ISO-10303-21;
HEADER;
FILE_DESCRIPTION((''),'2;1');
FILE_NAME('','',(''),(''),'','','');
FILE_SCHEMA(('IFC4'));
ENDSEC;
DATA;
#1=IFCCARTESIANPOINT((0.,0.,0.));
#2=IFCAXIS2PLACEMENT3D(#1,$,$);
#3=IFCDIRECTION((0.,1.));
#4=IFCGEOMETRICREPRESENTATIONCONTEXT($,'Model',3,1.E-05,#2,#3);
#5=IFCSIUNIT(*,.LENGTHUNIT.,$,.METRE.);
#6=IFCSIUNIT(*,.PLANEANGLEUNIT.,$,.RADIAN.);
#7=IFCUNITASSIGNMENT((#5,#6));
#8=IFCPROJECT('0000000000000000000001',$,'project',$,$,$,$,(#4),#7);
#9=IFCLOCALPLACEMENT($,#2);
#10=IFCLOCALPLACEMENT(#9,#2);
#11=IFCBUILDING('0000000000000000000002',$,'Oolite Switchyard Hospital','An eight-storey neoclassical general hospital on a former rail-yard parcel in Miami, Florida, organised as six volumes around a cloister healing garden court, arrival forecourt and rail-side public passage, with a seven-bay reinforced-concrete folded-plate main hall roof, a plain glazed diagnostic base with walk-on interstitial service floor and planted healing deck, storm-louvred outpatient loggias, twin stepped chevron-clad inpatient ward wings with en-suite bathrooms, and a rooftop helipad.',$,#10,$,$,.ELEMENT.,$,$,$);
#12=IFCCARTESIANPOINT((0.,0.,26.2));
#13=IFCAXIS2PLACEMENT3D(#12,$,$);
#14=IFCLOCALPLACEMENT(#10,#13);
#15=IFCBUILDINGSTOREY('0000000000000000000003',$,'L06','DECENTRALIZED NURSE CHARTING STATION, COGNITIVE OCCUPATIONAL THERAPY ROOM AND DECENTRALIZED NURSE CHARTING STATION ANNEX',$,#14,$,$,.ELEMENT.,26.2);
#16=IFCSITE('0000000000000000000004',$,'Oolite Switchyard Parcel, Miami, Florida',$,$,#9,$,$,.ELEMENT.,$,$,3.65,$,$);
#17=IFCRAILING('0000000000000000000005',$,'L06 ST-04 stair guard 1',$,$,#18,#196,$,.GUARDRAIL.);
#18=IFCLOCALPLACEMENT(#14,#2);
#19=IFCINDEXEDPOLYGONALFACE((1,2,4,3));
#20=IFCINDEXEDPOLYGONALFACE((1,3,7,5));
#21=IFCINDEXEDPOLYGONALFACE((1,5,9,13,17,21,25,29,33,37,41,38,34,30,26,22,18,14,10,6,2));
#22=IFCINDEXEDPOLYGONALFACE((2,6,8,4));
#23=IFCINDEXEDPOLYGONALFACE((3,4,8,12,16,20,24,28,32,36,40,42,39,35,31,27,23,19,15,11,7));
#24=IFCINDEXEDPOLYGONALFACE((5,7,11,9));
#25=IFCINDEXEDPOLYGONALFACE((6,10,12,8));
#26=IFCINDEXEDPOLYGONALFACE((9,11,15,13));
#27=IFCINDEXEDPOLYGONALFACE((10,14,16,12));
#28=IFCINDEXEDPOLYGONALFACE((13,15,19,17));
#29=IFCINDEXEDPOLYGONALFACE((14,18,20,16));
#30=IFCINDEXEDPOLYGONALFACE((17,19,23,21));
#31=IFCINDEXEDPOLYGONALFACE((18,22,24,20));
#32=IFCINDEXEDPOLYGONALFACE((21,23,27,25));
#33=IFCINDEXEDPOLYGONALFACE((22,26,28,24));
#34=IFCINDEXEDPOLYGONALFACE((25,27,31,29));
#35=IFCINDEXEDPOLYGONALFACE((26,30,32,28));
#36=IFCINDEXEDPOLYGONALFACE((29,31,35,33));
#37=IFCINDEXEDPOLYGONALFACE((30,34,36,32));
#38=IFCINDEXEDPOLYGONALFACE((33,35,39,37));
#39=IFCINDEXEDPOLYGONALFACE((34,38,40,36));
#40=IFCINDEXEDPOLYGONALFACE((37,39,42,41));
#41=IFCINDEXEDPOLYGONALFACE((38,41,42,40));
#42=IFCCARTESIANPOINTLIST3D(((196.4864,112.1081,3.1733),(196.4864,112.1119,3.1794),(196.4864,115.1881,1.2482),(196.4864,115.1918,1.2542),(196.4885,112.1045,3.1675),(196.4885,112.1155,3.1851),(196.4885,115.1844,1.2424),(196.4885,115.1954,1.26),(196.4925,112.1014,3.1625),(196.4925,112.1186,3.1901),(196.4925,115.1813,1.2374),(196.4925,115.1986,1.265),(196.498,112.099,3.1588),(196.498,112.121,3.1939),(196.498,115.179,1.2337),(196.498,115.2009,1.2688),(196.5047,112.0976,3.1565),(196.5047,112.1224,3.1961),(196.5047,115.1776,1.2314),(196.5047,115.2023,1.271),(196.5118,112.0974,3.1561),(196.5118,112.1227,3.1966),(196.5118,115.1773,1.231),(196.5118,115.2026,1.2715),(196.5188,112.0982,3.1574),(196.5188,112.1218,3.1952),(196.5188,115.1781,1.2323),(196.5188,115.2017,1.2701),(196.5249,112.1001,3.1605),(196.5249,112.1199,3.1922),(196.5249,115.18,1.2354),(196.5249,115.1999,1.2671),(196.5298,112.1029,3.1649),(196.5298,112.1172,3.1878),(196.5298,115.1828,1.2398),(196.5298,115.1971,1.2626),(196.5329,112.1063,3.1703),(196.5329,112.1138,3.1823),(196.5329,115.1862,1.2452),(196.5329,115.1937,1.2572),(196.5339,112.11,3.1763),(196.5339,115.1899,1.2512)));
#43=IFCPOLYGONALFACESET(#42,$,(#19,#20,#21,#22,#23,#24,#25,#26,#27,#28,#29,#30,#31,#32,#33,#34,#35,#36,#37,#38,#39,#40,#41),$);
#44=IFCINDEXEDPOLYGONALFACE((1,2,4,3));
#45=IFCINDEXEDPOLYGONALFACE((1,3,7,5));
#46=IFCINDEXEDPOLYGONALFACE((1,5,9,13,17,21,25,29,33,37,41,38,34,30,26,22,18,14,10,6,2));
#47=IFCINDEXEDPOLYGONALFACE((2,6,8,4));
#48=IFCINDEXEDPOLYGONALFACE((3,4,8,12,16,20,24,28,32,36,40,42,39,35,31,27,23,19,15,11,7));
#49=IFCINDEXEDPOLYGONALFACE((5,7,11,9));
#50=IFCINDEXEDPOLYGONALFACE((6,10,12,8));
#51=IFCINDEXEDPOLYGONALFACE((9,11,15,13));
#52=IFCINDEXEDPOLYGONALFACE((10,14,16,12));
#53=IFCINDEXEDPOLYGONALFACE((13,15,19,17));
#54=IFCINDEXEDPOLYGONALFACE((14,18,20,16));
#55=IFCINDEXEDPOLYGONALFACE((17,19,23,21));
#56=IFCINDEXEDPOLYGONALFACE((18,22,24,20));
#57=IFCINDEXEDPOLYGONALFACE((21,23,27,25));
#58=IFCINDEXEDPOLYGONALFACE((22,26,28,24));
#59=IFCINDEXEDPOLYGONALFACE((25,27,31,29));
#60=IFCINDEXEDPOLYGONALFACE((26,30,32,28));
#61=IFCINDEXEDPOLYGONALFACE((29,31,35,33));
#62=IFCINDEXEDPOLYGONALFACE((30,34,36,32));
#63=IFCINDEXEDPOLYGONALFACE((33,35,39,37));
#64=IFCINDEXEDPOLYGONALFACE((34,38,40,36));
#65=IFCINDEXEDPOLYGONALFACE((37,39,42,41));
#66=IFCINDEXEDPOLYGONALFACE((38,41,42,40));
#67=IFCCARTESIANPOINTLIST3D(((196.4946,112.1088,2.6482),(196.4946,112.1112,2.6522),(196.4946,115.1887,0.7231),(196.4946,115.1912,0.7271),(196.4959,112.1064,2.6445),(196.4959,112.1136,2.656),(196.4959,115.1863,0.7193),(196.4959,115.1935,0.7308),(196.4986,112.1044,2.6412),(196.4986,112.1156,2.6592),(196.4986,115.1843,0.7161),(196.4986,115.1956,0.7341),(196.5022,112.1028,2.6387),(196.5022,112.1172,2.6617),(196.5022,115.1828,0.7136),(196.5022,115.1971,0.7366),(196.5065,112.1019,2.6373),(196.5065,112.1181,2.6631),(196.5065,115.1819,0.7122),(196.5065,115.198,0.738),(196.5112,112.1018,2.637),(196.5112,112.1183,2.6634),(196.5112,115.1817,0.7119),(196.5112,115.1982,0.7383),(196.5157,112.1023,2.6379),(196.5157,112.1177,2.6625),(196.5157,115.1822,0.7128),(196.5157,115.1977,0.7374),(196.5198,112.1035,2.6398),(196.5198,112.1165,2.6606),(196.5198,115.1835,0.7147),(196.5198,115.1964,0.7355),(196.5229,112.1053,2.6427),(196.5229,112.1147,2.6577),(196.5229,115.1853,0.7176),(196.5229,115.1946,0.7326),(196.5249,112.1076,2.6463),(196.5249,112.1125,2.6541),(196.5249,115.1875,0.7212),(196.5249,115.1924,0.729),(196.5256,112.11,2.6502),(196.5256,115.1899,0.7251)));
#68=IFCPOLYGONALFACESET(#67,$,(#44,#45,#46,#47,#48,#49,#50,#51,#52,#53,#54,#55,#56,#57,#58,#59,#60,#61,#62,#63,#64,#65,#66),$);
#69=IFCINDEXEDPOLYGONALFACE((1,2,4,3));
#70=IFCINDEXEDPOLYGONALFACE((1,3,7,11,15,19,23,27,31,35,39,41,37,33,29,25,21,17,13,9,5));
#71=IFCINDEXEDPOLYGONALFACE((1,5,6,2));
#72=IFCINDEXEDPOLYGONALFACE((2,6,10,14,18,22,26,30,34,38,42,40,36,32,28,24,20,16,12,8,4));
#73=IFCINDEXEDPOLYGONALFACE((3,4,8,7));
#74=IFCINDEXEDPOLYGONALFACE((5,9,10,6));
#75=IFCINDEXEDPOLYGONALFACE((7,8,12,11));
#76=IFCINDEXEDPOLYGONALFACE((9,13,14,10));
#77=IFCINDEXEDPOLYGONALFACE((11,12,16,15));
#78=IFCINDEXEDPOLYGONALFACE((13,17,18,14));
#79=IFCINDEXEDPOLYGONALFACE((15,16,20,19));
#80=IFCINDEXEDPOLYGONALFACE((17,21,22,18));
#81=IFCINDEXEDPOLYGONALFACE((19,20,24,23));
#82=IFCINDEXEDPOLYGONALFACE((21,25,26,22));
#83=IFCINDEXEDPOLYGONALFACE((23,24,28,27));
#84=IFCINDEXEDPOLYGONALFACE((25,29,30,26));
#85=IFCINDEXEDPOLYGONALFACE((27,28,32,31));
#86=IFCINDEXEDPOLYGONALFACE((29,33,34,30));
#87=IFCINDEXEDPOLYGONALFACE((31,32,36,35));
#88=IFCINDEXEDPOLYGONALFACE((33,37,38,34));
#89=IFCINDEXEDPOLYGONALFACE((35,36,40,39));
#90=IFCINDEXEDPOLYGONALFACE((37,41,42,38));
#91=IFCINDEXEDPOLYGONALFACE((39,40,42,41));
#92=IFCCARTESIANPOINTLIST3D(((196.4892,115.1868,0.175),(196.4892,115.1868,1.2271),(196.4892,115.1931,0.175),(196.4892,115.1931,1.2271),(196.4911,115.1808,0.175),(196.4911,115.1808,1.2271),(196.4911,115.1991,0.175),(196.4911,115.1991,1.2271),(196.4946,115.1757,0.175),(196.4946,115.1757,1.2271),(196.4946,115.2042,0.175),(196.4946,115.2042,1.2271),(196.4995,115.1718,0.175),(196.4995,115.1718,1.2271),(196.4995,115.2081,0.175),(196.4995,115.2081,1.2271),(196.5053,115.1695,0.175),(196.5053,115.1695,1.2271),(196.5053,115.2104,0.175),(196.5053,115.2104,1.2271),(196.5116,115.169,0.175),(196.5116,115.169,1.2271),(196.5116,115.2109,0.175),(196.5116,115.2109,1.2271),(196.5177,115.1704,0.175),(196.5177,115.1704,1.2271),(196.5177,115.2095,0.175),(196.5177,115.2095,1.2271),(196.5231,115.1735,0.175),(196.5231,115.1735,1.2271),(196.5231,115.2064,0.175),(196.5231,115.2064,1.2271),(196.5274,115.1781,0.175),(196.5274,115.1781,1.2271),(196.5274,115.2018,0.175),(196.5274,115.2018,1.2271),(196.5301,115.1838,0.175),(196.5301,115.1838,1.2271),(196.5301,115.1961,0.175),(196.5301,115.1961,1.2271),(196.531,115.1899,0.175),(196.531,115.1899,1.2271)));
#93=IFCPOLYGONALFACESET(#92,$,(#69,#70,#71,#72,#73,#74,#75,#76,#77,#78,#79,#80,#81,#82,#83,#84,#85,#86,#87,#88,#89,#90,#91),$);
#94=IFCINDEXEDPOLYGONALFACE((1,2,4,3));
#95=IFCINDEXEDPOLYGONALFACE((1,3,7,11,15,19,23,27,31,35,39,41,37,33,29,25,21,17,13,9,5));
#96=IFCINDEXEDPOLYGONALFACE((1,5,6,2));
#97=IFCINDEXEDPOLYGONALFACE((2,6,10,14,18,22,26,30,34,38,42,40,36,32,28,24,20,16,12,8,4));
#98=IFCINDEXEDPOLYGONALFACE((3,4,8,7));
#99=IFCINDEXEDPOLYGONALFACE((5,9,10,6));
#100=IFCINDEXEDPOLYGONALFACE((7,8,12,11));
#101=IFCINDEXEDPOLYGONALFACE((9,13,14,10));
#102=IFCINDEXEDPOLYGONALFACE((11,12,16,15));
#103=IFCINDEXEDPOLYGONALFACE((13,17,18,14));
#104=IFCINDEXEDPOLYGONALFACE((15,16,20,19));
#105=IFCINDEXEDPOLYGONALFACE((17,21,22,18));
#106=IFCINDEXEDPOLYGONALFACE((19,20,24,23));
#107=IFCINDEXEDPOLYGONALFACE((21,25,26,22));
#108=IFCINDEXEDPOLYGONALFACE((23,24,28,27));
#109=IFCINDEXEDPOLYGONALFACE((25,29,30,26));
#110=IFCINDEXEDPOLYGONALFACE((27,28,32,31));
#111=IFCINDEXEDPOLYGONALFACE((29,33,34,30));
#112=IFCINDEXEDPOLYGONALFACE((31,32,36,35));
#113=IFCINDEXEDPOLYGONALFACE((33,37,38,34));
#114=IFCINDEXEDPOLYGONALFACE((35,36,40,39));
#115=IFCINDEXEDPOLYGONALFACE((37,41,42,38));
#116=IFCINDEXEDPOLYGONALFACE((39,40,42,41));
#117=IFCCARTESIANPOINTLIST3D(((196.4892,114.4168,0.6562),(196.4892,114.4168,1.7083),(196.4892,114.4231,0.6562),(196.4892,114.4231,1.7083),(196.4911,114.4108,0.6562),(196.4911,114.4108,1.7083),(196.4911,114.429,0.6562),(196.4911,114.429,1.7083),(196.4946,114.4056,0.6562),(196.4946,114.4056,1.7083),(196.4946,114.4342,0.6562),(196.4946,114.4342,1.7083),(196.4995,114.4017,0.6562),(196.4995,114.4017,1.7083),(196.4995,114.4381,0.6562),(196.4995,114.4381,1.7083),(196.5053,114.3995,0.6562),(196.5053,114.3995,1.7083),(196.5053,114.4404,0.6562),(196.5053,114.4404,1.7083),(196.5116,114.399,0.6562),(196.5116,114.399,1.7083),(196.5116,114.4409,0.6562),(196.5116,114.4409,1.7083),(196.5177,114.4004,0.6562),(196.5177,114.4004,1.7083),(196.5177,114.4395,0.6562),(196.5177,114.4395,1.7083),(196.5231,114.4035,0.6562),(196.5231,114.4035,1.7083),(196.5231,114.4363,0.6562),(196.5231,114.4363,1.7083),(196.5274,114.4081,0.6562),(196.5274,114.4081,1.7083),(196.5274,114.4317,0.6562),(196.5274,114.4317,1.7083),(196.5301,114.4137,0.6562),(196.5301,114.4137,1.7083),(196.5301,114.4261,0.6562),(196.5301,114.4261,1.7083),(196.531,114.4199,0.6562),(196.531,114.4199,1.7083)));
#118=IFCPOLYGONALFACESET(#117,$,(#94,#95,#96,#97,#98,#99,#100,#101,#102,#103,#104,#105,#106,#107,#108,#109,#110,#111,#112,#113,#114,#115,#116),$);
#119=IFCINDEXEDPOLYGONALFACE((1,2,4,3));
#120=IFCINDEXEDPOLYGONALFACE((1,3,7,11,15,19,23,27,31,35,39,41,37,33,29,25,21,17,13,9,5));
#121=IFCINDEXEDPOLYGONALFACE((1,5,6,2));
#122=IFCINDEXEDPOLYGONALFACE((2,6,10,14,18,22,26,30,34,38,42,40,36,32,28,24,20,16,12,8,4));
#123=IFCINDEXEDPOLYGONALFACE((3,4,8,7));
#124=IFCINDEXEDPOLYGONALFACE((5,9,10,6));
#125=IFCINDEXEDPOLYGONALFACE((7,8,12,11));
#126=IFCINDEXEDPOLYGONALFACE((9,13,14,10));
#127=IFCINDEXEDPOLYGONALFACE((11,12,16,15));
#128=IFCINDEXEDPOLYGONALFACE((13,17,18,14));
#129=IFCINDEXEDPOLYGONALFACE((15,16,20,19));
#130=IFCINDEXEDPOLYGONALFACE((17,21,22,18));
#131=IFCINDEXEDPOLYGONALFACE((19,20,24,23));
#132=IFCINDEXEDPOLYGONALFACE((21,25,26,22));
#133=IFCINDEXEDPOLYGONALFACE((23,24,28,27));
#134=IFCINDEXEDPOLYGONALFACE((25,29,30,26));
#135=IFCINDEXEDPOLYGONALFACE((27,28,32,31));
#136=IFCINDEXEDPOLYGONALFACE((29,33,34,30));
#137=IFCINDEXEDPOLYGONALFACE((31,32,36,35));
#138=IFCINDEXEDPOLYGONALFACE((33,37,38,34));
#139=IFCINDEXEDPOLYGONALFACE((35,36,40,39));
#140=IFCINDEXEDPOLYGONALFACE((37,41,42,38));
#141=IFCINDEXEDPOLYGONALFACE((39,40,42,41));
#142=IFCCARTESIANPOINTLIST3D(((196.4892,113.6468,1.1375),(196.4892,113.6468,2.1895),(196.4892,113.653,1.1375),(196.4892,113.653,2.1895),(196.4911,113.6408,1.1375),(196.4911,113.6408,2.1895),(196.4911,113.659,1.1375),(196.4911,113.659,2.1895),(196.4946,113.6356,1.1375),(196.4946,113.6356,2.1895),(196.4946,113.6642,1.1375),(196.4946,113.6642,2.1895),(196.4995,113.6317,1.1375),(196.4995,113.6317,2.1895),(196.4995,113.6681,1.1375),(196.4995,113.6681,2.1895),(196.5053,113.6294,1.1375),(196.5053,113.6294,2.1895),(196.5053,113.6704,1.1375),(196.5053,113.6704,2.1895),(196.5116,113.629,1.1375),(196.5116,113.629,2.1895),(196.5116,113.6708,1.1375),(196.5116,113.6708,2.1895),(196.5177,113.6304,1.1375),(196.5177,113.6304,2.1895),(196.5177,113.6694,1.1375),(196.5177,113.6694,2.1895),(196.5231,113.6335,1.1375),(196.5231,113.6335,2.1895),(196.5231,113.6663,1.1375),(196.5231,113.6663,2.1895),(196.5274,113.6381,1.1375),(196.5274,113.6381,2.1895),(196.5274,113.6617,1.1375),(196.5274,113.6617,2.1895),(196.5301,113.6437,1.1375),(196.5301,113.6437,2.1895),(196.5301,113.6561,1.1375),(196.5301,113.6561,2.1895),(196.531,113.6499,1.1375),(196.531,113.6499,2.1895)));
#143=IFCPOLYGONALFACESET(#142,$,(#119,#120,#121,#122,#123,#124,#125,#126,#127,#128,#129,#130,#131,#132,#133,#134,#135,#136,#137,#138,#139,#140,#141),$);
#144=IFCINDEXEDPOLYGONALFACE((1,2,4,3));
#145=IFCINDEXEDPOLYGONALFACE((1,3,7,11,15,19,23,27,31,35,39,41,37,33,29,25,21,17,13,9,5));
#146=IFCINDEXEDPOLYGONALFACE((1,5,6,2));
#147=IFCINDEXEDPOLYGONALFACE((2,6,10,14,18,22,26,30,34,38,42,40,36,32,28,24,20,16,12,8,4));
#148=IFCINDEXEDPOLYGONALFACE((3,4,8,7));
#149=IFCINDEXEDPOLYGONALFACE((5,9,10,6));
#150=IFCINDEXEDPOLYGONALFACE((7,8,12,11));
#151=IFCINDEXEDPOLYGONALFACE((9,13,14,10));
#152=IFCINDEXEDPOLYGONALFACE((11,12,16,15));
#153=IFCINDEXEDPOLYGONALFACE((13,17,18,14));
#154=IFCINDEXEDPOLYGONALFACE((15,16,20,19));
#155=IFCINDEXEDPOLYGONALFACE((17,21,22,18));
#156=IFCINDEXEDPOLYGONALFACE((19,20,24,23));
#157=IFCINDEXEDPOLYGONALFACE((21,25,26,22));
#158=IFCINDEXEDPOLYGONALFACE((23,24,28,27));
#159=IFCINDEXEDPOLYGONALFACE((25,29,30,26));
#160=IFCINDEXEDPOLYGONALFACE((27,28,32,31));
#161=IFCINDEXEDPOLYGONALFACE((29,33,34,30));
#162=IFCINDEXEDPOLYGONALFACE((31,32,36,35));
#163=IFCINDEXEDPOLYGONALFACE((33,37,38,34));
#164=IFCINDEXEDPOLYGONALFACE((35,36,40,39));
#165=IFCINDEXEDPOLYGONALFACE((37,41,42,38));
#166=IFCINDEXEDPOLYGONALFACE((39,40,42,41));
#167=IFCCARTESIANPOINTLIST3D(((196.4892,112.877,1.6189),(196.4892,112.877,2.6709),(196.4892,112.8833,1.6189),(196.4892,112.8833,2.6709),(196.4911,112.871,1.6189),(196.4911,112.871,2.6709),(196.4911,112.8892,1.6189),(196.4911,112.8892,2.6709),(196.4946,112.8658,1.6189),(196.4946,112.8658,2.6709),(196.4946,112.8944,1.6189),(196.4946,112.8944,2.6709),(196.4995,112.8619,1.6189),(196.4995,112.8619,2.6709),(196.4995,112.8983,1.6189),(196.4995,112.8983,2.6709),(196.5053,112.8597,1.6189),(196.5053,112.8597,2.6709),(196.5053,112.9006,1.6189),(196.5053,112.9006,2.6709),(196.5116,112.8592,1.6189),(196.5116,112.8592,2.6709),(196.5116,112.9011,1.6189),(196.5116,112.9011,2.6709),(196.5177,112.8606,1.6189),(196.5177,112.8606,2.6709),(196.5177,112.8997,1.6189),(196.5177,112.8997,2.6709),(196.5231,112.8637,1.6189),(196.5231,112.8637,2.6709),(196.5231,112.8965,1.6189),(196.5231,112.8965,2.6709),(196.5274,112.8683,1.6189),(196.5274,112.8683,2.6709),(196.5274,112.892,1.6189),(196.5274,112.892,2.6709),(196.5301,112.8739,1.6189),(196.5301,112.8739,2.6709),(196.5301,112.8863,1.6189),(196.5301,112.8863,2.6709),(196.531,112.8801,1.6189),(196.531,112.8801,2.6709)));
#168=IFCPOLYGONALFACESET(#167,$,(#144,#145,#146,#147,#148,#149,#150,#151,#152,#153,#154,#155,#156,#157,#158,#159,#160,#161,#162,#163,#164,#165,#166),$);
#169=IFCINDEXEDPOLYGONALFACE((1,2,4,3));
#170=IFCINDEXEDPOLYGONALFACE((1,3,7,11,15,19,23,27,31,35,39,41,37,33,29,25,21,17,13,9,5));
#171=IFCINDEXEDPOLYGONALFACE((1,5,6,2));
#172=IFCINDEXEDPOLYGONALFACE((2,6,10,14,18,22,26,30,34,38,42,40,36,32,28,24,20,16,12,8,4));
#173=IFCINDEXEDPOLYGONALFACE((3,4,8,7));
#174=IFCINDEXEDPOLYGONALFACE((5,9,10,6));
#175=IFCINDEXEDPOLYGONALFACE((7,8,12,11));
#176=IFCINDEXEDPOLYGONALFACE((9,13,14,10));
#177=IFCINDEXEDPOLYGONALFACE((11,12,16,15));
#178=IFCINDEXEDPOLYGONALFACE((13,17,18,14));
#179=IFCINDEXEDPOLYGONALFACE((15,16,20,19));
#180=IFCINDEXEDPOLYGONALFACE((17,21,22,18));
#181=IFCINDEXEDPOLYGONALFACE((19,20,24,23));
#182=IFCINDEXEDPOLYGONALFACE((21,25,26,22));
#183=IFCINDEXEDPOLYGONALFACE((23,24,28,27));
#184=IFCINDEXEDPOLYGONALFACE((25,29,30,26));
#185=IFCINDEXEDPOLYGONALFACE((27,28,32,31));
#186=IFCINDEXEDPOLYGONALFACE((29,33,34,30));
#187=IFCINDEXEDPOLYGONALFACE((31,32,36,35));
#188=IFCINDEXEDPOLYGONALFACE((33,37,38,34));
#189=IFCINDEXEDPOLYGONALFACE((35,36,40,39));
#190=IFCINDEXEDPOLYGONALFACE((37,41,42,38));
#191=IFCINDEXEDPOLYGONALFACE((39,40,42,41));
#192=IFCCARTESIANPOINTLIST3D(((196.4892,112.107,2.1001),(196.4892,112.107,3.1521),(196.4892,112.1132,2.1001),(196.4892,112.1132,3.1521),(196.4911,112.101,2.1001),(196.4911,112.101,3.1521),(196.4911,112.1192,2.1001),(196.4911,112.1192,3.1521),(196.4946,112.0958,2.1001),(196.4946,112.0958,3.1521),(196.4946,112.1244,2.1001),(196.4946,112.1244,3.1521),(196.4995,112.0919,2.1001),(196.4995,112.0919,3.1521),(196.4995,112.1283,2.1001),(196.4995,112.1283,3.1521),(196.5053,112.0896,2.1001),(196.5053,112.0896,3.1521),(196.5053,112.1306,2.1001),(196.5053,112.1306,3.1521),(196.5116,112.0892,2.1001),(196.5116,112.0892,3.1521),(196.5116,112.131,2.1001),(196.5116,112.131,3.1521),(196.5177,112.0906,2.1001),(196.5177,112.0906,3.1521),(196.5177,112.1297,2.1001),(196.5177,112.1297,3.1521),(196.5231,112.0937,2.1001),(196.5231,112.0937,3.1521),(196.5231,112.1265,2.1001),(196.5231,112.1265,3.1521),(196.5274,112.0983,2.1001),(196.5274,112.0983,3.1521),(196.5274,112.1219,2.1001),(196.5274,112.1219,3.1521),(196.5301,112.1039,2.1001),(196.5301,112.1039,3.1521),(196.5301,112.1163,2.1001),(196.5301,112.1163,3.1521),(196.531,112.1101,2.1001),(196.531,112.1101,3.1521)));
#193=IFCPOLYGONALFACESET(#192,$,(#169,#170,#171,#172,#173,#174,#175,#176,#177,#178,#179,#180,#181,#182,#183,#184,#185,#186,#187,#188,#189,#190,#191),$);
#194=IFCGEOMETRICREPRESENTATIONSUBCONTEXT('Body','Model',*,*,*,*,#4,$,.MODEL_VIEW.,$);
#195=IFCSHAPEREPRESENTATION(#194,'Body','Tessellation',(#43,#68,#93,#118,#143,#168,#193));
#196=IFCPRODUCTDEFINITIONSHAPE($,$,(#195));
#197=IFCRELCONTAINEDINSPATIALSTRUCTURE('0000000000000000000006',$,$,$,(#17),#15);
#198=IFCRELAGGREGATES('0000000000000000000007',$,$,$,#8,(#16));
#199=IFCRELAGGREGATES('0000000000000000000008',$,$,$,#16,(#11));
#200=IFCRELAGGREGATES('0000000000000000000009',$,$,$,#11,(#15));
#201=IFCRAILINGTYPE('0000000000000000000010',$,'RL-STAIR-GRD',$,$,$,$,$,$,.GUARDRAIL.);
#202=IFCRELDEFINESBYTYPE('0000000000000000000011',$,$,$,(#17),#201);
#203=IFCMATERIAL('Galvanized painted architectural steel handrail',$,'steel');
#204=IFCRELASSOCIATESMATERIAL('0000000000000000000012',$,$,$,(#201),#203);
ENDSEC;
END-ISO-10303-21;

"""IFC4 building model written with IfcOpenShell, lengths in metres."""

from ifc_helpers import new_model, si_unit, direction, frame, origin, origin_2d, place, context, subcontext, project, spatial, circle, extrude, material, type_object, element, save


model = new_model("IFC4")

# Units and contexts
model_context = context("Model", 3, precision=1e-05, world=origin(), true_north=direction((0.0, 1.0)))
body_context = subcontext(model_context, "Body", "Model", "MODEL_VIEW")
ifc_project = project(units=[si_unit("LENGTHUNIT", "METRE"), si_unit("PLANEANGLEUNIT", "RADIAN")], contexts=[model_context])

# Site, building, storey
site_placement = place(None, origin())
site = spatial("IfcSite", under=ifc_project, at=site_placement, Name="Oolite Switchyard Parcel, Miami, Florida", CompositionType="ELEMENT", RefElevation=3.65)
building_placement = place(site_placement, origin())
building = spatial("IfcBuilding", under=site, at=building_placement, Name="Oolite Switchyard Hospital", Description="An eight-storey neoclassical general hospital on a former rail-yard parcel in Miami, Florida, organised as six volumes around a cloister healing garden court, arrival forecourt and rail-side public passage, with a seven-bay reinforced-concrete folded-plate main hall roof, a plain glazed diagnostic base with walk-on interstitial service floor and planted healing deck, storm-louvred outpatient loggias, twin stepped chevron-clad inpatient ward wings with en-suite bathrooms, and a rooftop helipad.", CompositionType="ELEMENT")
storey_placement = place(building_placement, frame((0.0, 0.0, 26.2)))
storey = spatial("IfcBuildingStorey", under=building, at=storey_placement, Name="L06", Description="DECENTRALIZED NURSE CHARTING STATION, COGNITIVE OCCUPATIONAL THERAPY ROOM AND DECENTRALIZED NURSE CHARTING STATION ANNEX", CompositionType="ELEMENT", Elevation=26.2)

# Railing
ifc_material_1 = material(Name="Galvanized painted architectural steel handrail", Category="steel")
railing_type_1 = type_object("IfcRailingType", Name="RL-STAIR-GRD", PredefinedType="GUARDRAIL", material=ifc_material_1)
railing_1_placement = place(storey_placement, frame((196.51, 115.1899, 0.175)))
element("IfcRailing", 1, at=railing_1_placement, inside=storey, type_object=railing_type_1, Name="L06 ST-04 stair guard 1", PredefinedType="GUARDRAIL", context=body_context, shape_type="SweptSolid", body=[
    extrude(circle(Radius=0.0239, at=origin_2d()), frame((0.0, 0.0, 1.0762), z_axis=(0.0, -0.847979, 0.530029), x_axis=(1.0, 0.0, 0.0)), (0.0, 0.0, 1.0), 3.6321),
    extrude(circle(Radius=0.0156, at=origin_2d()), frame((0.0, 0.0, 0.55), z_axis=(0.0, -0.847979, 0.530029), x_axis=(1.0, 0.0, 0.0)), (0.0, 0.0, 1.0), 3.6321),
    extrude(circle(Radius=0.021, at=origin_2d()), origin(), (0.0, 0.0, 1.0), 1.052),
    extrude(circle(Radius=0.021, at=origin_2d()), frame((0.0, -0.77, 0.4812)), (0.0, 0.0, 1.0), 1.052),
    extrude(circle(Radius=0.021, at=origin_2d()), frame((0.0, -1.54, 0.9624)), (0.0, 0.0, 1.0), 1.052),
    extrude(circle(Radius=0.021, at=origin_2d()), frame((0.0, -2.3098, 1.4438)), (0.0, 0.0, 1.0), 1.052),
    extrude(circle(Radius=0.021, at=origin_2d()), frame((0.0, -3.0798, 1.925)), (0.0, 0.0, 1.0), 1.052),
])

save(model, "model.ifc")
